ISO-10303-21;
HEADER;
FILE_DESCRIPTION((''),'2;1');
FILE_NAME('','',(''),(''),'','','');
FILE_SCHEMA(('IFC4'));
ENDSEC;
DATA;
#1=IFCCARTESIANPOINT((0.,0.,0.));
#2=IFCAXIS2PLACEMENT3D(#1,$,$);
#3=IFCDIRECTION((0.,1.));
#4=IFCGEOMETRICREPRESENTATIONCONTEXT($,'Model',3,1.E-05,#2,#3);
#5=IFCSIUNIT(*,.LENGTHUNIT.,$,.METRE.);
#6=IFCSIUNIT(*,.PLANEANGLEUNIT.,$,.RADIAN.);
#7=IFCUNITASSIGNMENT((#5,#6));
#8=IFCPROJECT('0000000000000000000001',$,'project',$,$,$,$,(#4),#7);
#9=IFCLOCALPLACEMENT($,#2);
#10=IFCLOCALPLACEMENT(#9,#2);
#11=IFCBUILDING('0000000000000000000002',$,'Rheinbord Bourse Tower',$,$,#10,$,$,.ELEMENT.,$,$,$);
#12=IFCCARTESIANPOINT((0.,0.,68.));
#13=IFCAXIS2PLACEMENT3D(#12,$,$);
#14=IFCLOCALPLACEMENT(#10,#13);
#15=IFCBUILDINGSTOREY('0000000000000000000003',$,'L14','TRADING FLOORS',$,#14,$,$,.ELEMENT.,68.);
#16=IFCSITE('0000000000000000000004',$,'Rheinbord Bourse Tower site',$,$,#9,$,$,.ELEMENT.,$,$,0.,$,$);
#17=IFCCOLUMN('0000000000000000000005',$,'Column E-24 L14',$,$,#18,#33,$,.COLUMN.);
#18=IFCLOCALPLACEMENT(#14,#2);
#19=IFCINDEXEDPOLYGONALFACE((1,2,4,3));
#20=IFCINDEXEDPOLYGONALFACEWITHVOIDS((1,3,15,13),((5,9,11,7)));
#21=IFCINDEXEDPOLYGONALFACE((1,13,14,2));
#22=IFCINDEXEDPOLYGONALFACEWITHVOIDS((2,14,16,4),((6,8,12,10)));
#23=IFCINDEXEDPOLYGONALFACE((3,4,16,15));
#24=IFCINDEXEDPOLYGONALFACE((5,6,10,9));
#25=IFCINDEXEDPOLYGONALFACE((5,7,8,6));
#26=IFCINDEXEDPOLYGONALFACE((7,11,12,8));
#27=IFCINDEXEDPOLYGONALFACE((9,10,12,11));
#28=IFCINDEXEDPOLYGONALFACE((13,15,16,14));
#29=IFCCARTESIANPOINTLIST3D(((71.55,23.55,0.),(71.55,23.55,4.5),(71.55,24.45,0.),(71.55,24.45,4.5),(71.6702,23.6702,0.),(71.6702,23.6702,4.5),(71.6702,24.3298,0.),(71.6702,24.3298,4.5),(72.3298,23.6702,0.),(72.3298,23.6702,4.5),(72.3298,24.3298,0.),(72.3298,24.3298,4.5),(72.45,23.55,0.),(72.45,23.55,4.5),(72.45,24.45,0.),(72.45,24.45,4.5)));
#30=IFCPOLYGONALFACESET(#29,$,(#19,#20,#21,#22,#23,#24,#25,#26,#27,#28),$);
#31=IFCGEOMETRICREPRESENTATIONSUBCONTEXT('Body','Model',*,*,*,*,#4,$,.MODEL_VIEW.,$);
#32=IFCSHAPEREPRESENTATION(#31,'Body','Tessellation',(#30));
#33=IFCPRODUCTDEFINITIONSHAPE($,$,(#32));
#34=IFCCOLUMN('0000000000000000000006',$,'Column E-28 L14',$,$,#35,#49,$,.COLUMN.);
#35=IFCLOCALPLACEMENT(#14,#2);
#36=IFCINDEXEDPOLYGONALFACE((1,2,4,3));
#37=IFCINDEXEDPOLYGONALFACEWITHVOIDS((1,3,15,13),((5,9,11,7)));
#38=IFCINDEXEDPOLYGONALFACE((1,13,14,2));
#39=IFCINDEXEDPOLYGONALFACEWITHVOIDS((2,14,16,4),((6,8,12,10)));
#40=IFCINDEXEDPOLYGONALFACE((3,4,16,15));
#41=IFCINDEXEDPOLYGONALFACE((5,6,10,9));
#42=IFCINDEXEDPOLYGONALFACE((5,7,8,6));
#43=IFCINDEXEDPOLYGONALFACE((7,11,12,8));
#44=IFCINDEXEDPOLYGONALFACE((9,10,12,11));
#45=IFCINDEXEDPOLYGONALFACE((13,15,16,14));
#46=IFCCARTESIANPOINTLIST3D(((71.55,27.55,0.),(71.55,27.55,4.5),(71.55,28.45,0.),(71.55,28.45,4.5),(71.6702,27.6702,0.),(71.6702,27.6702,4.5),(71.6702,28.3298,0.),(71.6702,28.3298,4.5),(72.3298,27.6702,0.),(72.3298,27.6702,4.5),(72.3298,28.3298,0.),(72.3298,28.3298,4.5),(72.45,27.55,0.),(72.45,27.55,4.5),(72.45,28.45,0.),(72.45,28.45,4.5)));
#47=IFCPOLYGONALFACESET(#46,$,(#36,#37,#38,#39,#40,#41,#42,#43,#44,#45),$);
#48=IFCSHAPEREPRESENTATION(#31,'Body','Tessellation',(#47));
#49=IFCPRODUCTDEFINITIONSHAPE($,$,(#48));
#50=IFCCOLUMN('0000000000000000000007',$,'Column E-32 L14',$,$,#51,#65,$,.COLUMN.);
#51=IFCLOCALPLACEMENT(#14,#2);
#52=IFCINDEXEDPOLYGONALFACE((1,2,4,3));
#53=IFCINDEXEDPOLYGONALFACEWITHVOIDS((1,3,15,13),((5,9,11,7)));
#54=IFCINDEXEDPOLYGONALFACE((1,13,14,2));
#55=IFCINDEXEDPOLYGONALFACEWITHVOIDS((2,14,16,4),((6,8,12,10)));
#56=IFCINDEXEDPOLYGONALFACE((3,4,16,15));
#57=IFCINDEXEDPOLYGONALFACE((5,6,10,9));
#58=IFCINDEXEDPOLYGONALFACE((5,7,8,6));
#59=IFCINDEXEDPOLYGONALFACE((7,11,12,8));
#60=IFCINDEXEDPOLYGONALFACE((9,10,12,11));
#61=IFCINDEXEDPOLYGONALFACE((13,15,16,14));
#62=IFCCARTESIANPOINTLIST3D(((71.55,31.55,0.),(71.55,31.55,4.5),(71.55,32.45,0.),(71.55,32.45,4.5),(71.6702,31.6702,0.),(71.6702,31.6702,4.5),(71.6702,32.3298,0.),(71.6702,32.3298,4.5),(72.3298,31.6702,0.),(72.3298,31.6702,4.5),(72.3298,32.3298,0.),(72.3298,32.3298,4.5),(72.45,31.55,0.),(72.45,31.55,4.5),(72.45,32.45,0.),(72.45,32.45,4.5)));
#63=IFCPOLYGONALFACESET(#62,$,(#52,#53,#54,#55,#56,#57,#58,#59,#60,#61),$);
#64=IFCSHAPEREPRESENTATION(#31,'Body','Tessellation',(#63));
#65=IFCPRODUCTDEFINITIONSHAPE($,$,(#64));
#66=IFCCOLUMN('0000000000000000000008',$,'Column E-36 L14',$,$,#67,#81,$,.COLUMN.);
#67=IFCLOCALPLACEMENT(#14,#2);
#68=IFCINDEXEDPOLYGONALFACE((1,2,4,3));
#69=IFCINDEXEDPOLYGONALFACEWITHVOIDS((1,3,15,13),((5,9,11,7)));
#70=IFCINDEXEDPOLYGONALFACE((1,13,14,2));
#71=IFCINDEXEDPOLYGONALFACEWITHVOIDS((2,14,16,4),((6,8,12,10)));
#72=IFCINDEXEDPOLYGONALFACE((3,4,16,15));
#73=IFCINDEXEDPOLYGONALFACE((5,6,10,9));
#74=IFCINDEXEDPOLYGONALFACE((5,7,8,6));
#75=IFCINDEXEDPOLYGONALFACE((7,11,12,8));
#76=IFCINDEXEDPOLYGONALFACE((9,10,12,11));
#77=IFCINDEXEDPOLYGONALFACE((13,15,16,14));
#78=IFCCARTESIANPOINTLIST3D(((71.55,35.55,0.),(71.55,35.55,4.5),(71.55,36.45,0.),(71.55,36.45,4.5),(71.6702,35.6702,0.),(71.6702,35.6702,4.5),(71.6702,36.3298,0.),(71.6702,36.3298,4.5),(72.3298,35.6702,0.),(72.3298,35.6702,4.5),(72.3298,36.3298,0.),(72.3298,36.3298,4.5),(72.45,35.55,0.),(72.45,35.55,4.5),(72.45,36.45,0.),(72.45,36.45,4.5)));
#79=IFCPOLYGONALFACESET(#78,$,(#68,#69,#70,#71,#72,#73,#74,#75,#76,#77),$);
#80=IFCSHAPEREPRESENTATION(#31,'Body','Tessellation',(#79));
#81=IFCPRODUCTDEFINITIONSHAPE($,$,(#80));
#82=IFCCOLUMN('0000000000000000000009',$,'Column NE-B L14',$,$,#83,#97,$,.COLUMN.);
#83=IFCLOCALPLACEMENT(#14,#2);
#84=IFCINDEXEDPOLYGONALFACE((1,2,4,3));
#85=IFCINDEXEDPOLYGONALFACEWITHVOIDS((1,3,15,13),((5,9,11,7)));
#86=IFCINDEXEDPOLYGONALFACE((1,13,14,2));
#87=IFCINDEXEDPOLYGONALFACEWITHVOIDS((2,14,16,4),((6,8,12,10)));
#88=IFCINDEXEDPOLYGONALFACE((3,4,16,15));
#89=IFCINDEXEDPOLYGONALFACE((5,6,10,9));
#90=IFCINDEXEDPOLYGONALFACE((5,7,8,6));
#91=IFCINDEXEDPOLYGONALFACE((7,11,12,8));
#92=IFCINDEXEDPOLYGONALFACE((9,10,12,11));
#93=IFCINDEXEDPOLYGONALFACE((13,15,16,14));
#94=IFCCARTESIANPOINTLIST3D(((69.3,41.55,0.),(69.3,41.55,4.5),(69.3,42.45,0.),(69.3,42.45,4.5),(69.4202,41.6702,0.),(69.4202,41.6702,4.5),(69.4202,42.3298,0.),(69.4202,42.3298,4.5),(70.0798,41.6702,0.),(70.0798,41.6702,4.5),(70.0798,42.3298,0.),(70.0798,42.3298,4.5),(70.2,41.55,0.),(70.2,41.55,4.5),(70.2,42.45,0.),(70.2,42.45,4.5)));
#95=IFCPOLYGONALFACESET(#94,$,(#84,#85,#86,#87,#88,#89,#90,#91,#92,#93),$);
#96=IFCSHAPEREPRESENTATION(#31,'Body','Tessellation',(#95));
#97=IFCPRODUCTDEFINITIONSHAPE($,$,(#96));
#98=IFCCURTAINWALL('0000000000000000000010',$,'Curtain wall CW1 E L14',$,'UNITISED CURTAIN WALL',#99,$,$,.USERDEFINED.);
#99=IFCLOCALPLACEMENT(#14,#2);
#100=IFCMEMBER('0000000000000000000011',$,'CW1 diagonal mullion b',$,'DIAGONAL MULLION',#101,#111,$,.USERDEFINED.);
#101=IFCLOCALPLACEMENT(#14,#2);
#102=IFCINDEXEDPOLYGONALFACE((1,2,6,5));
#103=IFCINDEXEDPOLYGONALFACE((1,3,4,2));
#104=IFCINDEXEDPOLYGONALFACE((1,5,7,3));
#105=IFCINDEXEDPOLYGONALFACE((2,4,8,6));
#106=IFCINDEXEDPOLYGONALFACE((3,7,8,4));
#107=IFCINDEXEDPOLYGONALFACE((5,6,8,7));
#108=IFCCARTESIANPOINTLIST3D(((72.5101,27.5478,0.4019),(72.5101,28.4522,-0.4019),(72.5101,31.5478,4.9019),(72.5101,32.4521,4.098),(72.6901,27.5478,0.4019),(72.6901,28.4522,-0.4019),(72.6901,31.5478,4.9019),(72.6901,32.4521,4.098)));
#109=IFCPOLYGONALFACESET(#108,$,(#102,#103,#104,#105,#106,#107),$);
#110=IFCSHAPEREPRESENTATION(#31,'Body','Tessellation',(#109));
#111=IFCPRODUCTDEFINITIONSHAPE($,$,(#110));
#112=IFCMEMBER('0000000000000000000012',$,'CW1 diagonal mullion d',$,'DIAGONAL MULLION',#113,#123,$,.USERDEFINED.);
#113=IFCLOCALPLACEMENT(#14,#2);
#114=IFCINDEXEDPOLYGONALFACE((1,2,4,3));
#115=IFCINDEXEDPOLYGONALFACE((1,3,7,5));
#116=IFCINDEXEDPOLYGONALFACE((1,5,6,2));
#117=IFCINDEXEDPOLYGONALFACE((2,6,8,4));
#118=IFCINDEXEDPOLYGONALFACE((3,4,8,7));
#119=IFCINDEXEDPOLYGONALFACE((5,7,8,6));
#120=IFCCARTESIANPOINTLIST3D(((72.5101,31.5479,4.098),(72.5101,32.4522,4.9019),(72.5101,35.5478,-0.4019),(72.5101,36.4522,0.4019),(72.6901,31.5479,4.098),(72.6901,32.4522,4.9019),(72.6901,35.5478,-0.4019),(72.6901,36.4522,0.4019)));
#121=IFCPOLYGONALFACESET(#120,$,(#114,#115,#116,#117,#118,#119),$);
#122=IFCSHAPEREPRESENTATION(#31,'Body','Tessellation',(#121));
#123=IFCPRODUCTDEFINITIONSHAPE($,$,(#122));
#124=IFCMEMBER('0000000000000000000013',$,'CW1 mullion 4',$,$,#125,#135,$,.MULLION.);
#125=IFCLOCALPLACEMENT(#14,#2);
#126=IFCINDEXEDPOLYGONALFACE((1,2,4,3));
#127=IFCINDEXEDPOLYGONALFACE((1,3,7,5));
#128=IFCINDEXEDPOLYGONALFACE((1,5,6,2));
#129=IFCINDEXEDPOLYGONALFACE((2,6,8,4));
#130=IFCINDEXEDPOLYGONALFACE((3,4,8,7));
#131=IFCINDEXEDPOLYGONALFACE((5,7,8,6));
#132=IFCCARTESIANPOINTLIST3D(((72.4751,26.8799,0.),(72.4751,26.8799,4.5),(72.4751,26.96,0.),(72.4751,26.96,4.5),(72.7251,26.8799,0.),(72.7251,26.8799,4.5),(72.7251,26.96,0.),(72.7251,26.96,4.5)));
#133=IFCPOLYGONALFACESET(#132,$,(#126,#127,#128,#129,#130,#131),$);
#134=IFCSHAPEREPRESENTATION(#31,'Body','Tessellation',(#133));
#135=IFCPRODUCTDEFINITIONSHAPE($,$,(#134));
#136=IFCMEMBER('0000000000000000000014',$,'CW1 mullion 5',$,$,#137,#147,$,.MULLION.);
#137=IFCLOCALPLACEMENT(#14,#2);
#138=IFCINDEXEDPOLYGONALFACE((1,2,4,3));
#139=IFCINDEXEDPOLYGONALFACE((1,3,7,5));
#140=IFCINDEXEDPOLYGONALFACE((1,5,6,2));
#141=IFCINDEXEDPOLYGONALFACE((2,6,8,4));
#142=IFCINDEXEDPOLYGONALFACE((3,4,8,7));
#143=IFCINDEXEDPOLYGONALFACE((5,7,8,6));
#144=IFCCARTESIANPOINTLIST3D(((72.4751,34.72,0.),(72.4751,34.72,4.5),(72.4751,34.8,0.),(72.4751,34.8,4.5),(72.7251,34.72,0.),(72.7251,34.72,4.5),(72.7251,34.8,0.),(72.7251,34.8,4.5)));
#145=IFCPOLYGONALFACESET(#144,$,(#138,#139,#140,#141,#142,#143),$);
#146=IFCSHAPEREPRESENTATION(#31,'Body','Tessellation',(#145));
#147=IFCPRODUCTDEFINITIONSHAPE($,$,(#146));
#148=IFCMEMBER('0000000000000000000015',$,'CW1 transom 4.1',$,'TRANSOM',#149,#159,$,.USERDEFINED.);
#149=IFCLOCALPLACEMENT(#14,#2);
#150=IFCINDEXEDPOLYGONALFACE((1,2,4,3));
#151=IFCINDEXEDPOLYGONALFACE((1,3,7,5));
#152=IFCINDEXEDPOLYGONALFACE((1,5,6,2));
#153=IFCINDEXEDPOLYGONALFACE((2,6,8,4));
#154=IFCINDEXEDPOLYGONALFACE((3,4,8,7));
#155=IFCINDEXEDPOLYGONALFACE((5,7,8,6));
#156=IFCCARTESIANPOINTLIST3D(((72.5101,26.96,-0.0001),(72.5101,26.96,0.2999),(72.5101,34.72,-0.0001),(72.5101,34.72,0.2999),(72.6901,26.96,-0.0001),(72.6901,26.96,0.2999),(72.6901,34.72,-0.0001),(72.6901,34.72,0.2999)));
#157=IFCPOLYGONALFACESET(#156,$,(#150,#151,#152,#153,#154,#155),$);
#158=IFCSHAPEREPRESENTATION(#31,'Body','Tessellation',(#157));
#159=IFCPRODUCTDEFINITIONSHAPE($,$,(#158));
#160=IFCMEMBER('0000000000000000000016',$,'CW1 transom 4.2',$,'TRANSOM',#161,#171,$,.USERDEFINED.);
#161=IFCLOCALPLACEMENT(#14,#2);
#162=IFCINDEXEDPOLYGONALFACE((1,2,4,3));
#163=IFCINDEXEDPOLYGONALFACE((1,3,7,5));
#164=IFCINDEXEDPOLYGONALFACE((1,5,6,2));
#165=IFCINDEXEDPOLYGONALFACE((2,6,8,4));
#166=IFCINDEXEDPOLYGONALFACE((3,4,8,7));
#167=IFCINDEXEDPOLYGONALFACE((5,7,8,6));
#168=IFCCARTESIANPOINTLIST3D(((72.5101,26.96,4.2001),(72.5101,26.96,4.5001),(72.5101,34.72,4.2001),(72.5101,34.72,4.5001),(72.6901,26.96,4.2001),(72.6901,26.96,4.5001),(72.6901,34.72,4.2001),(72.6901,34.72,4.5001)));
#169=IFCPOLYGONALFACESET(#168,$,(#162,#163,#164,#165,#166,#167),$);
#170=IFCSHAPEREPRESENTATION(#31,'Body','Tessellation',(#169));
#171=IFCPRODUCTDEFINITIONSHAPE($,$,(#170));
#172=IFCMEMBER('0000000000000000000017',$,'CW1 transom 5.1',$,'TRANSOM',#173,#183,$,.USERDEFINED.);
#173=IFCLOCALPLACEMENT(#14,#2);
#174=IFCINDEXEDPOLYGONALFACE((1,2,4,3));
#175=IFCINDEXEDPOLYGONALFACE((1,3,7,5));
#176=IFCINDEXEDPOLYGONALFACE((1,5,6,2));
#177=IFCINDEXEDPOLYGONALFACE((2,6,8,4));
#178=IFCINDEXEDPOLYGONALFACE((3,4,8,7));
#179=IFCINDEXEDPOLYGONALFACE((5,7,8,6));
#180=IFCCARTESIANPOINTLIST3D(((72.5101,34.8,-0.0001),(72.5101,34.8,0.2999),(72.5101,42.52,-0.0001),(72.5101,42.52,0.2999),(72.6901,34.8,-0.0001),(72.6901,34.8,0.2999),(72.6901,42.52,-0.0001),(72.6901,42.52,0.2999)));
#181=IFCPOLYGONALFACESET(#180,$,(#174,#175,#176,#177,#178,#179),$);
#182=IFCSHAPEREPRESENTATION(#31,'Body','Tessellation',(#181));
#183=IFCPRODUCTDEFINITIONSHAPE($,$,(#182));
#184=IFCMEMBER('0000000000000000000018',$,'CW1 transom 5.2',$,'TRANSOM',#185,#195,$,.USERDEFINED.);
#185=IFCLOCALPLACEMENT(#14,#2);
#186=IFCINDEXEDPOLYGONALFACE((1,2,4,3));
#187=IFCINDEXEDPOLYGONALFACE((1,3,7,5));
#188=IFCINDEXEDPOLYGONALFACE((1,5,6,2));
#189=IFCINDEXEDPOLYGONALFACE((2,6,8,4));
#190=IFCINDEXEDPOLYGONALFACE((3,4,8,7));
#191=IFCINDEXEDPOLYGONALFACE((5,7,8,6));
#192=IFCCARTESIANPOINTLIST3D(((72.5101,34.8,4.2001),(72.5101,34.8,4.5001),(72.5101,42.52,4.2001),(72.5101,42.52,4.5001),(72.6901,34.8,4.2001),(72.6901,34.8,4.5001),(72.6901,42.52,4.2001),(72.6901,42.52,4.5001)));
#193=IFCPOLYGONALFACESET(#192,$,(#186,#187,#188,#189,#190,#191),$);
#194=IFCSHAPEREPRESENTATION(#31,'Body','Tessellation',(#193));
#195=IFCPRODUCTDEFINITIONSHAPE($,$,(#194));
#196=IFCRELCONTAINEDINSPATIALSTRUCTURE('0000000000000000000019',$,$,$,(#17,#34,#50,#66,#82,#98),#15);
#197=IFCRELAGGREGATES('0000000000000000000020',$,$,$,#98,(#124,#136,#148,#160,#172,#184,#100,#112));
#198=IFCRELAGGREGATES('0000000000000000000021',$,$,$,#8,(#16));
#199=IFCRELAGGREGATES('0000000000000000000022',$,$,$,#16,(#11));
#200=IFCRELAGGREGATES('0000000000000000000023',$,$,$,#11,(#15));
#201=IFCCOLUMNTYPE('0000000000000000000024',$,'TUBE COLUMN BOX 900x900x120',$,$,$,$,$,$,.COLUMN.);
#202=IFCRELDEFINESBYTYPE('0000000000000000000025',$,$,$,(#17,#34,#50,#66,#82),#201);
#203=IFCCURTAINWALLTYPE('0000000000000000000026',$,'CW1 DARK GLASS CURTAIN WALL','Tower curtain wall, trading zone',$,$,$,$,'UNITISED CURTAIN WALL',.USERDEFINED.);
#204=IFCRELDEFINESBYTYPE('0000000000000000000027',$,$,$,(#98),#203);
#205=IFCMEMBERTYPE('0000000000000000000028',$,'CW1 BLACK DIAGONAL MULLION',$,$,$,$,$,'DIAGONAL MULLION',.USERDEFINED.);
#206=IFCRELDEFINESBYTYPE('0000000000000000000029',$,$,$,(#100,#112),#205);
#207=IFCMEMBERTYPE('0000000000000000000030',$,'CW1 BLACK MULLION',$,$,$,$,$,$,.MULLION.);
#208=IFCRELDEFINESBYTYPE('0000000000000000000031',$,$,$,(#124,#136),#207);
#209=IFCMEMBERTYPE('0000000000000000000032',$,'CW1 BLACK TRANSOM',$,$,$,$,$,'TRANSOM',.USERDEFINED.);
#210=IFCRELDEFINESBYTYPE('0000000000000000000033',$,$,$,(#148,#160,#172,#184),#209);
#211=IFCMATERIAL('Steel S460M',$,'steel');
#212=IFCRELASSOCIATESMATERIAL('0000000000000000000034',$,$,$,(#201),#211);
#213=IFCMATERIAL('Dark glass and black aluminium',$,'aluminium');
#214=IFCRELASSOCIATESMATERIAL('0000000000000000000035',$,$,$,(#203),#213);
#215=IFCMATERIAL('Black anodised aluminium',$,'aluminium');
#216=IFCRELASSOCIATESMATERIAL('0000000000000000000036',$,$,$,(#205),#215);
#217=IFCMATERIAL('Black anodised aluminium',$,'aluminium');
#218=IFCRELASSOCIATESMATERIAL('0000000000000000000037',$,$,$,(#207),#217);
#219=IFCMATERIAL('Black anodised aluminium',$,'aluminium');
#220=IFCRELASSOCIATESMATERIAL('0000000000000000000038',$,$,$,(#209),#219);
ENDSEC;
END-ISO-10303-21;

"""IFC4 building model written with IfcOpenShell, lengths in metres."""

from ifc_helpers import new_model, si_unit, direction, frame, origin, origin_2d, place, context, subcontext, project, spatial, rectangle, hollow_rectangle, extrude, material, material_profile, profile_set, type_object, element, aggregate, save


model = new_model("IFC4")

# Units and contexts
model_context = context("Model", 3, precision=1e-05, world=origin(), true_north=direction((0.0, 1.0)))
body_context = subcontext(model_context, "Body", "Model", "MODEL_VIEW")
ifc_project = project(units=[si_unit("LENGTHUNIT", "METRE"), si_unit("PLANEANGLEUNIT", "RADIAN")], contexts=[model_context])

# Site, building, storey
site_placement = place(None, origin())
site = spatial("IfcSite", under=ifc_project, at=site_placement, Name="Rheinbord Bourse Tower site", CompositionType="ELEMENT", RefElevation=0.0)
building_placement = place(site_placement, origin())
building = spatial("IfcBuilding", under=site, at=building_placement, Name="Rheinbord Bourse Tower", CompositionType="ELEMENT")
storey_placement = place(building_placement, frame((0.0, 0.0, 68.0)))
storey = spatial("IfcBuildingStorey", under=building, at=storey_placement, Name="L14", Description="TRADING FLOORS", CompositionType="ELEMENT", Elevation=68.0)

# Columns
ifc_material_1 = material(Name="Steel S460M", Category="steel")
ifc_material_profile_1 = material_profile(ifc_material_1, hollow_rectangle(XDim=0.8999, YDim=0.8999, WallThickness=0.1201, at=origin_2d()), Name="BOX 900x900x120")
ifc_profile_set_1 = profile_set([ifc_material_profile_1], Name="Steel S460M")
column_type = type_object("IfcColumnType", Name="TUBE COLUMN BOX 900x900x120", PredefinedType="COLUMN", material=ifc_profile_set_1)
for number, where, z_axis, x_axis, name in (
    (1, (72.0, 24.0, 0.0), (0.0, 0.0, 1.0), (1.0, 0.0, 0.0), "Column E-24 L14"),
    (2, (72.0, 28.0, 0.0), (0.0, 0.0, 1.0), (1.0, 0.0, 0.0), "Column E-28 L14"),
    (3, (72.0, 32.0, 0.0), (0.0, 0.0, 1.0), (1.0, 0.0, 0.0), "Column E-32 L14"),
    (4, (72.0, 36.0, 0.0), (0.0, 0.0, 1.0), (1.0, 0.0, 0.0), "Column E-36 L14"),
    (5, (69.75, 42.0, 0.0), (0.0, 0.0, 1.0), (1.0, 0.0, 0.0), "Column NE-B L14"),
):
    element("IfcColumn", number, at=place(storey_placement, frame(where, z_axis=z_axis, x_axis=x_axis)), inside=storey, type_object=column_type, Name=name, PredefinedType="COLUMN", context=body_context, shape_type="SweptSolid", body=[
        extrude(hollow_rectangle(XDim=0.8999, YDim=0.8999, WallThickness=0.1201, at=origin_2d()), origin(), (0.0, 0.0, 1.0), 4.5),
    ])

# Curtain wall, members
ifc_material_2 = material(Name="Dark glass and black aluminium", Category="aluminium")
curtain_wall_type = type_object("IfcCurtainWallType", Name="CW1 DARK GLASS CURTAIN WALL", Description="Tower curtain wall, trading zone", ElementType="UNITISED CURTAIN WALL", PredefinedType="USERDEFINED", material=ifc_material_2)
curtain_wall_placement = place(storey_placement, origin())
curtain_wall = element("IfcCurtainWall", 6, at=curtain_wall_placement, inside=storey, type_object=curtain_wall_type, Name="Curtain wall CW1 E L14", ObjectType="UNITISED CURTAIN WALL", PredefinedType="USERDEFINED")
ifc_material_3 = material(Name="Black anodised aluminium", Category="aluminium")
ifc_material_profile_2 = material_profile(ifc_material_3, rectangle(XDim=0.1799, YDim=1.21, at=origin_2d()), Name="CW1 DIAGONAL MULLION 1210x180")
ifc_profile_set_2 = profile_set([ifc_material_profile_2], Name="Black anodised aluminium")
member_type_1 = type_object("IfcMemberType", Name="CW1 BLACK DIAGONAL MULLION", ElementType="DIAGONAL MULLION", PredefinedType="USERDEFINED", material=ifc_profile_set_2)
member_1_placement = place(storey_placement, frame((72.6001, 28.0, 0.0), z_axis=(0.0, 0.664364, 0.747409), x_axis=(-1.0, 0.0, 0.0)))
member_1 = element("IfcMember", 7, at=member_1_placement, type_object=member_type_1, Name="CW1 diagonal mullion b", ObjectType="DIAGONAL MULLION", PredefinedType="USERDEFINED", context=body_context, shape_type="SweptSolid", body=[
    extrude(rectangle(XDim=0.1799, YDim=1.21, at=origin_2d()), origin(), (0.0, 0.0, 1.0), 6.0208),
])
member_2_placement = place(storey_placement, frame((72.6001, 36.0, 0.0), z_axis=(0.0, -0.664364, 0.747409), x_axis=(1.0, 0.0, 0.0)))
member_2 = element("IfcMember", 8, at=member_2_placement, type_object=member_type_1, Name="CW1 diagonal mullion d", ObjectType="DIAGONAL MULLION", PredefinedType="USERDEFINED", context=body_context, shape_type="SweptSolid", body=[
    extrude(rectangle(XDim=0.1799, YDim=1.21, at=origin_2d()), origin(), (0.0, 0.0, 1.0), 6.0208),
])
ifc_material_4 = material(Name="Black anodised aluminium", Category="aluminium")
ifc_material_profile_3 = material_profile(ifc_material_4, rectangle(XDim=0.25, YDim=0.0801, at=origin_2d()), Name="CW1 MULLION 80x250")
ifc_profile_set_3 = profile_set([ifc_material_profile_3], Name="Black anodised aluminium")
member_type_2 = type_object("IfcMemberType", Name="CW1 BLACK MULLION", PredefinedType="MULLION", material=ifc_profile_set_3)
member_3_placement = place(storey_placement, frame((72.6001, 26.9199, 0.0), z_axis=(0.0, 0.0, 1.0), x_axis=(-1.0, 0.0, 0.0)))
member_3 = element("IfcMember", 9, at=member_3_placement, type_object=member_type_2, Name="CW1 mullion 4", PredefinedType="MULLION", context=body_context, shape_type="SweptSolid", body=[
    extrude(rectangle(XDim=0.25, YDim=0.0801, at=origin_2d()), origin(), (0.0, 0.0, 1.0), 4.5),
])
member_4_placement = place(storey_placement, frame((72.6001, 34.76, 0.0), z_axis=(0.0, 0.0, 1.0), x_axis=(-1.0, 0.0, 0.0)))
member_4 = element("IfcMember", 10, at=member_4_placement, type_object=member_type_2, Name="CW1 mullion 5", PredefinedType="MULLION", context=body_context, shape_type="SweptSolid", body=[
    extrude(rectangle(XDim=0.25, YDim=0.0801, at=origin_2d()), origin(), (0.0, 0.0, 1.0), 4.5),
])
ifc_material_5 = material(Name="Black anodised aluminium", Category="aluminium")
ifc_material_profile_4 = material_profile(ifc_material_5, rectangle(XDim=0.1799, YDim=0.3, at=origin_2d()), Name="CW1 TRANSOM 300x180")
ifc_profile_set_4 = profile_set([ifc_material_profile_4], Name="Black anodised aluminium")
member_type_3 = type_object("IfcMemberType", Name="CW1 BLACK TRANSOM", ElementType="TRANSOM", PredefinedType="USERDEFINED", material=ifc_profile_set_4)
member_5_placement = place(storey_placement, frame((72.6001, 26.96, 0.1499), z_axis=(0.0, 1.0, 0.0), x_axis=(-1.0, 0.0, 0.0)))
member_5 = element("IfcMember", 11, at=member_5_placement, type_object=member_type_3, Name="CW1 transom 4.1", ObjectType="TRANSOM", PredefinedType="USERDEFINED", context=body_context, shape_type="SweptSolid", body=[
    extrude(rectangle(XDim=0.1799, YDim=0.3, at=origin_2d()), origin(), (0.0, 0.0, 1.0), 7.76),
])
member_6_placement = place(storey_placement, frame((72.6001, 26.96, 4.3501), z_axis=(0.0, 1.0, 0.0), x_axis=(-1.0, 0.0, 0.0)))
member_6 = element("IfcMember", 12, at=member_6_placement, type_object=member_type_3, Name="CW1 transom 4.2", ObjectType="TRANSOM", PredefinedType="USERDEFINED", context=body_context, shape_type="SweptSolid", body=[
    extrude(rectangle(XDim=0.1799, YDim=0.3, at=origin_2d()), origin(), (0.0, 0.0, 1.0), 7.76),
])
member_7_placement = place(storey_placement, frame((72.6001, 34.8, 0.1499), z_axis=(0.0, 1.0, 0.0), x_axis=(-1.0, 0.0, 0.0)))
member_7 = element("IfcMember", 13, at=member_7_placement, type_object=member_type_3, Name="CW1 transom 5.1", ObjectType="TRANSOM", PredefinedType="USERDEFINED", context=body_context, shape_type="SweptSolid", body=[
    extrude(rectangle(XDim=0.1799, YDim=0.3, at=origin_2d()), origin(), (0.0, 0.0, 1.0), 7.72),
])
member_8_placement = place(storey_placement, frame((72.6001, 34.8, 4.3501), z_axis=(0.0, 1.0, 0.0), x_axis=(-1.0, 0.0, 0.0)))
member_8 = element("IfcMember", 14, at=member_8_placement, type_object=member_type_3, Name="CW1 transom 5.2", ObjectType="TRANSOM", PredefinedType="USERDEFINED", context=body_context, shape_type="SweptSolid", body=[
    extrude(rectangle(XDim=0.1799, YDim=0.3, at=origin_2d()), origin(), (0.0, 0.0, 1.0), 7.72),
])

aggregate(curtain_wall, [member_3, member_4, member_5, member_6, member_7, member_8, member_1, member_2])

save(model, "model.ifc")
